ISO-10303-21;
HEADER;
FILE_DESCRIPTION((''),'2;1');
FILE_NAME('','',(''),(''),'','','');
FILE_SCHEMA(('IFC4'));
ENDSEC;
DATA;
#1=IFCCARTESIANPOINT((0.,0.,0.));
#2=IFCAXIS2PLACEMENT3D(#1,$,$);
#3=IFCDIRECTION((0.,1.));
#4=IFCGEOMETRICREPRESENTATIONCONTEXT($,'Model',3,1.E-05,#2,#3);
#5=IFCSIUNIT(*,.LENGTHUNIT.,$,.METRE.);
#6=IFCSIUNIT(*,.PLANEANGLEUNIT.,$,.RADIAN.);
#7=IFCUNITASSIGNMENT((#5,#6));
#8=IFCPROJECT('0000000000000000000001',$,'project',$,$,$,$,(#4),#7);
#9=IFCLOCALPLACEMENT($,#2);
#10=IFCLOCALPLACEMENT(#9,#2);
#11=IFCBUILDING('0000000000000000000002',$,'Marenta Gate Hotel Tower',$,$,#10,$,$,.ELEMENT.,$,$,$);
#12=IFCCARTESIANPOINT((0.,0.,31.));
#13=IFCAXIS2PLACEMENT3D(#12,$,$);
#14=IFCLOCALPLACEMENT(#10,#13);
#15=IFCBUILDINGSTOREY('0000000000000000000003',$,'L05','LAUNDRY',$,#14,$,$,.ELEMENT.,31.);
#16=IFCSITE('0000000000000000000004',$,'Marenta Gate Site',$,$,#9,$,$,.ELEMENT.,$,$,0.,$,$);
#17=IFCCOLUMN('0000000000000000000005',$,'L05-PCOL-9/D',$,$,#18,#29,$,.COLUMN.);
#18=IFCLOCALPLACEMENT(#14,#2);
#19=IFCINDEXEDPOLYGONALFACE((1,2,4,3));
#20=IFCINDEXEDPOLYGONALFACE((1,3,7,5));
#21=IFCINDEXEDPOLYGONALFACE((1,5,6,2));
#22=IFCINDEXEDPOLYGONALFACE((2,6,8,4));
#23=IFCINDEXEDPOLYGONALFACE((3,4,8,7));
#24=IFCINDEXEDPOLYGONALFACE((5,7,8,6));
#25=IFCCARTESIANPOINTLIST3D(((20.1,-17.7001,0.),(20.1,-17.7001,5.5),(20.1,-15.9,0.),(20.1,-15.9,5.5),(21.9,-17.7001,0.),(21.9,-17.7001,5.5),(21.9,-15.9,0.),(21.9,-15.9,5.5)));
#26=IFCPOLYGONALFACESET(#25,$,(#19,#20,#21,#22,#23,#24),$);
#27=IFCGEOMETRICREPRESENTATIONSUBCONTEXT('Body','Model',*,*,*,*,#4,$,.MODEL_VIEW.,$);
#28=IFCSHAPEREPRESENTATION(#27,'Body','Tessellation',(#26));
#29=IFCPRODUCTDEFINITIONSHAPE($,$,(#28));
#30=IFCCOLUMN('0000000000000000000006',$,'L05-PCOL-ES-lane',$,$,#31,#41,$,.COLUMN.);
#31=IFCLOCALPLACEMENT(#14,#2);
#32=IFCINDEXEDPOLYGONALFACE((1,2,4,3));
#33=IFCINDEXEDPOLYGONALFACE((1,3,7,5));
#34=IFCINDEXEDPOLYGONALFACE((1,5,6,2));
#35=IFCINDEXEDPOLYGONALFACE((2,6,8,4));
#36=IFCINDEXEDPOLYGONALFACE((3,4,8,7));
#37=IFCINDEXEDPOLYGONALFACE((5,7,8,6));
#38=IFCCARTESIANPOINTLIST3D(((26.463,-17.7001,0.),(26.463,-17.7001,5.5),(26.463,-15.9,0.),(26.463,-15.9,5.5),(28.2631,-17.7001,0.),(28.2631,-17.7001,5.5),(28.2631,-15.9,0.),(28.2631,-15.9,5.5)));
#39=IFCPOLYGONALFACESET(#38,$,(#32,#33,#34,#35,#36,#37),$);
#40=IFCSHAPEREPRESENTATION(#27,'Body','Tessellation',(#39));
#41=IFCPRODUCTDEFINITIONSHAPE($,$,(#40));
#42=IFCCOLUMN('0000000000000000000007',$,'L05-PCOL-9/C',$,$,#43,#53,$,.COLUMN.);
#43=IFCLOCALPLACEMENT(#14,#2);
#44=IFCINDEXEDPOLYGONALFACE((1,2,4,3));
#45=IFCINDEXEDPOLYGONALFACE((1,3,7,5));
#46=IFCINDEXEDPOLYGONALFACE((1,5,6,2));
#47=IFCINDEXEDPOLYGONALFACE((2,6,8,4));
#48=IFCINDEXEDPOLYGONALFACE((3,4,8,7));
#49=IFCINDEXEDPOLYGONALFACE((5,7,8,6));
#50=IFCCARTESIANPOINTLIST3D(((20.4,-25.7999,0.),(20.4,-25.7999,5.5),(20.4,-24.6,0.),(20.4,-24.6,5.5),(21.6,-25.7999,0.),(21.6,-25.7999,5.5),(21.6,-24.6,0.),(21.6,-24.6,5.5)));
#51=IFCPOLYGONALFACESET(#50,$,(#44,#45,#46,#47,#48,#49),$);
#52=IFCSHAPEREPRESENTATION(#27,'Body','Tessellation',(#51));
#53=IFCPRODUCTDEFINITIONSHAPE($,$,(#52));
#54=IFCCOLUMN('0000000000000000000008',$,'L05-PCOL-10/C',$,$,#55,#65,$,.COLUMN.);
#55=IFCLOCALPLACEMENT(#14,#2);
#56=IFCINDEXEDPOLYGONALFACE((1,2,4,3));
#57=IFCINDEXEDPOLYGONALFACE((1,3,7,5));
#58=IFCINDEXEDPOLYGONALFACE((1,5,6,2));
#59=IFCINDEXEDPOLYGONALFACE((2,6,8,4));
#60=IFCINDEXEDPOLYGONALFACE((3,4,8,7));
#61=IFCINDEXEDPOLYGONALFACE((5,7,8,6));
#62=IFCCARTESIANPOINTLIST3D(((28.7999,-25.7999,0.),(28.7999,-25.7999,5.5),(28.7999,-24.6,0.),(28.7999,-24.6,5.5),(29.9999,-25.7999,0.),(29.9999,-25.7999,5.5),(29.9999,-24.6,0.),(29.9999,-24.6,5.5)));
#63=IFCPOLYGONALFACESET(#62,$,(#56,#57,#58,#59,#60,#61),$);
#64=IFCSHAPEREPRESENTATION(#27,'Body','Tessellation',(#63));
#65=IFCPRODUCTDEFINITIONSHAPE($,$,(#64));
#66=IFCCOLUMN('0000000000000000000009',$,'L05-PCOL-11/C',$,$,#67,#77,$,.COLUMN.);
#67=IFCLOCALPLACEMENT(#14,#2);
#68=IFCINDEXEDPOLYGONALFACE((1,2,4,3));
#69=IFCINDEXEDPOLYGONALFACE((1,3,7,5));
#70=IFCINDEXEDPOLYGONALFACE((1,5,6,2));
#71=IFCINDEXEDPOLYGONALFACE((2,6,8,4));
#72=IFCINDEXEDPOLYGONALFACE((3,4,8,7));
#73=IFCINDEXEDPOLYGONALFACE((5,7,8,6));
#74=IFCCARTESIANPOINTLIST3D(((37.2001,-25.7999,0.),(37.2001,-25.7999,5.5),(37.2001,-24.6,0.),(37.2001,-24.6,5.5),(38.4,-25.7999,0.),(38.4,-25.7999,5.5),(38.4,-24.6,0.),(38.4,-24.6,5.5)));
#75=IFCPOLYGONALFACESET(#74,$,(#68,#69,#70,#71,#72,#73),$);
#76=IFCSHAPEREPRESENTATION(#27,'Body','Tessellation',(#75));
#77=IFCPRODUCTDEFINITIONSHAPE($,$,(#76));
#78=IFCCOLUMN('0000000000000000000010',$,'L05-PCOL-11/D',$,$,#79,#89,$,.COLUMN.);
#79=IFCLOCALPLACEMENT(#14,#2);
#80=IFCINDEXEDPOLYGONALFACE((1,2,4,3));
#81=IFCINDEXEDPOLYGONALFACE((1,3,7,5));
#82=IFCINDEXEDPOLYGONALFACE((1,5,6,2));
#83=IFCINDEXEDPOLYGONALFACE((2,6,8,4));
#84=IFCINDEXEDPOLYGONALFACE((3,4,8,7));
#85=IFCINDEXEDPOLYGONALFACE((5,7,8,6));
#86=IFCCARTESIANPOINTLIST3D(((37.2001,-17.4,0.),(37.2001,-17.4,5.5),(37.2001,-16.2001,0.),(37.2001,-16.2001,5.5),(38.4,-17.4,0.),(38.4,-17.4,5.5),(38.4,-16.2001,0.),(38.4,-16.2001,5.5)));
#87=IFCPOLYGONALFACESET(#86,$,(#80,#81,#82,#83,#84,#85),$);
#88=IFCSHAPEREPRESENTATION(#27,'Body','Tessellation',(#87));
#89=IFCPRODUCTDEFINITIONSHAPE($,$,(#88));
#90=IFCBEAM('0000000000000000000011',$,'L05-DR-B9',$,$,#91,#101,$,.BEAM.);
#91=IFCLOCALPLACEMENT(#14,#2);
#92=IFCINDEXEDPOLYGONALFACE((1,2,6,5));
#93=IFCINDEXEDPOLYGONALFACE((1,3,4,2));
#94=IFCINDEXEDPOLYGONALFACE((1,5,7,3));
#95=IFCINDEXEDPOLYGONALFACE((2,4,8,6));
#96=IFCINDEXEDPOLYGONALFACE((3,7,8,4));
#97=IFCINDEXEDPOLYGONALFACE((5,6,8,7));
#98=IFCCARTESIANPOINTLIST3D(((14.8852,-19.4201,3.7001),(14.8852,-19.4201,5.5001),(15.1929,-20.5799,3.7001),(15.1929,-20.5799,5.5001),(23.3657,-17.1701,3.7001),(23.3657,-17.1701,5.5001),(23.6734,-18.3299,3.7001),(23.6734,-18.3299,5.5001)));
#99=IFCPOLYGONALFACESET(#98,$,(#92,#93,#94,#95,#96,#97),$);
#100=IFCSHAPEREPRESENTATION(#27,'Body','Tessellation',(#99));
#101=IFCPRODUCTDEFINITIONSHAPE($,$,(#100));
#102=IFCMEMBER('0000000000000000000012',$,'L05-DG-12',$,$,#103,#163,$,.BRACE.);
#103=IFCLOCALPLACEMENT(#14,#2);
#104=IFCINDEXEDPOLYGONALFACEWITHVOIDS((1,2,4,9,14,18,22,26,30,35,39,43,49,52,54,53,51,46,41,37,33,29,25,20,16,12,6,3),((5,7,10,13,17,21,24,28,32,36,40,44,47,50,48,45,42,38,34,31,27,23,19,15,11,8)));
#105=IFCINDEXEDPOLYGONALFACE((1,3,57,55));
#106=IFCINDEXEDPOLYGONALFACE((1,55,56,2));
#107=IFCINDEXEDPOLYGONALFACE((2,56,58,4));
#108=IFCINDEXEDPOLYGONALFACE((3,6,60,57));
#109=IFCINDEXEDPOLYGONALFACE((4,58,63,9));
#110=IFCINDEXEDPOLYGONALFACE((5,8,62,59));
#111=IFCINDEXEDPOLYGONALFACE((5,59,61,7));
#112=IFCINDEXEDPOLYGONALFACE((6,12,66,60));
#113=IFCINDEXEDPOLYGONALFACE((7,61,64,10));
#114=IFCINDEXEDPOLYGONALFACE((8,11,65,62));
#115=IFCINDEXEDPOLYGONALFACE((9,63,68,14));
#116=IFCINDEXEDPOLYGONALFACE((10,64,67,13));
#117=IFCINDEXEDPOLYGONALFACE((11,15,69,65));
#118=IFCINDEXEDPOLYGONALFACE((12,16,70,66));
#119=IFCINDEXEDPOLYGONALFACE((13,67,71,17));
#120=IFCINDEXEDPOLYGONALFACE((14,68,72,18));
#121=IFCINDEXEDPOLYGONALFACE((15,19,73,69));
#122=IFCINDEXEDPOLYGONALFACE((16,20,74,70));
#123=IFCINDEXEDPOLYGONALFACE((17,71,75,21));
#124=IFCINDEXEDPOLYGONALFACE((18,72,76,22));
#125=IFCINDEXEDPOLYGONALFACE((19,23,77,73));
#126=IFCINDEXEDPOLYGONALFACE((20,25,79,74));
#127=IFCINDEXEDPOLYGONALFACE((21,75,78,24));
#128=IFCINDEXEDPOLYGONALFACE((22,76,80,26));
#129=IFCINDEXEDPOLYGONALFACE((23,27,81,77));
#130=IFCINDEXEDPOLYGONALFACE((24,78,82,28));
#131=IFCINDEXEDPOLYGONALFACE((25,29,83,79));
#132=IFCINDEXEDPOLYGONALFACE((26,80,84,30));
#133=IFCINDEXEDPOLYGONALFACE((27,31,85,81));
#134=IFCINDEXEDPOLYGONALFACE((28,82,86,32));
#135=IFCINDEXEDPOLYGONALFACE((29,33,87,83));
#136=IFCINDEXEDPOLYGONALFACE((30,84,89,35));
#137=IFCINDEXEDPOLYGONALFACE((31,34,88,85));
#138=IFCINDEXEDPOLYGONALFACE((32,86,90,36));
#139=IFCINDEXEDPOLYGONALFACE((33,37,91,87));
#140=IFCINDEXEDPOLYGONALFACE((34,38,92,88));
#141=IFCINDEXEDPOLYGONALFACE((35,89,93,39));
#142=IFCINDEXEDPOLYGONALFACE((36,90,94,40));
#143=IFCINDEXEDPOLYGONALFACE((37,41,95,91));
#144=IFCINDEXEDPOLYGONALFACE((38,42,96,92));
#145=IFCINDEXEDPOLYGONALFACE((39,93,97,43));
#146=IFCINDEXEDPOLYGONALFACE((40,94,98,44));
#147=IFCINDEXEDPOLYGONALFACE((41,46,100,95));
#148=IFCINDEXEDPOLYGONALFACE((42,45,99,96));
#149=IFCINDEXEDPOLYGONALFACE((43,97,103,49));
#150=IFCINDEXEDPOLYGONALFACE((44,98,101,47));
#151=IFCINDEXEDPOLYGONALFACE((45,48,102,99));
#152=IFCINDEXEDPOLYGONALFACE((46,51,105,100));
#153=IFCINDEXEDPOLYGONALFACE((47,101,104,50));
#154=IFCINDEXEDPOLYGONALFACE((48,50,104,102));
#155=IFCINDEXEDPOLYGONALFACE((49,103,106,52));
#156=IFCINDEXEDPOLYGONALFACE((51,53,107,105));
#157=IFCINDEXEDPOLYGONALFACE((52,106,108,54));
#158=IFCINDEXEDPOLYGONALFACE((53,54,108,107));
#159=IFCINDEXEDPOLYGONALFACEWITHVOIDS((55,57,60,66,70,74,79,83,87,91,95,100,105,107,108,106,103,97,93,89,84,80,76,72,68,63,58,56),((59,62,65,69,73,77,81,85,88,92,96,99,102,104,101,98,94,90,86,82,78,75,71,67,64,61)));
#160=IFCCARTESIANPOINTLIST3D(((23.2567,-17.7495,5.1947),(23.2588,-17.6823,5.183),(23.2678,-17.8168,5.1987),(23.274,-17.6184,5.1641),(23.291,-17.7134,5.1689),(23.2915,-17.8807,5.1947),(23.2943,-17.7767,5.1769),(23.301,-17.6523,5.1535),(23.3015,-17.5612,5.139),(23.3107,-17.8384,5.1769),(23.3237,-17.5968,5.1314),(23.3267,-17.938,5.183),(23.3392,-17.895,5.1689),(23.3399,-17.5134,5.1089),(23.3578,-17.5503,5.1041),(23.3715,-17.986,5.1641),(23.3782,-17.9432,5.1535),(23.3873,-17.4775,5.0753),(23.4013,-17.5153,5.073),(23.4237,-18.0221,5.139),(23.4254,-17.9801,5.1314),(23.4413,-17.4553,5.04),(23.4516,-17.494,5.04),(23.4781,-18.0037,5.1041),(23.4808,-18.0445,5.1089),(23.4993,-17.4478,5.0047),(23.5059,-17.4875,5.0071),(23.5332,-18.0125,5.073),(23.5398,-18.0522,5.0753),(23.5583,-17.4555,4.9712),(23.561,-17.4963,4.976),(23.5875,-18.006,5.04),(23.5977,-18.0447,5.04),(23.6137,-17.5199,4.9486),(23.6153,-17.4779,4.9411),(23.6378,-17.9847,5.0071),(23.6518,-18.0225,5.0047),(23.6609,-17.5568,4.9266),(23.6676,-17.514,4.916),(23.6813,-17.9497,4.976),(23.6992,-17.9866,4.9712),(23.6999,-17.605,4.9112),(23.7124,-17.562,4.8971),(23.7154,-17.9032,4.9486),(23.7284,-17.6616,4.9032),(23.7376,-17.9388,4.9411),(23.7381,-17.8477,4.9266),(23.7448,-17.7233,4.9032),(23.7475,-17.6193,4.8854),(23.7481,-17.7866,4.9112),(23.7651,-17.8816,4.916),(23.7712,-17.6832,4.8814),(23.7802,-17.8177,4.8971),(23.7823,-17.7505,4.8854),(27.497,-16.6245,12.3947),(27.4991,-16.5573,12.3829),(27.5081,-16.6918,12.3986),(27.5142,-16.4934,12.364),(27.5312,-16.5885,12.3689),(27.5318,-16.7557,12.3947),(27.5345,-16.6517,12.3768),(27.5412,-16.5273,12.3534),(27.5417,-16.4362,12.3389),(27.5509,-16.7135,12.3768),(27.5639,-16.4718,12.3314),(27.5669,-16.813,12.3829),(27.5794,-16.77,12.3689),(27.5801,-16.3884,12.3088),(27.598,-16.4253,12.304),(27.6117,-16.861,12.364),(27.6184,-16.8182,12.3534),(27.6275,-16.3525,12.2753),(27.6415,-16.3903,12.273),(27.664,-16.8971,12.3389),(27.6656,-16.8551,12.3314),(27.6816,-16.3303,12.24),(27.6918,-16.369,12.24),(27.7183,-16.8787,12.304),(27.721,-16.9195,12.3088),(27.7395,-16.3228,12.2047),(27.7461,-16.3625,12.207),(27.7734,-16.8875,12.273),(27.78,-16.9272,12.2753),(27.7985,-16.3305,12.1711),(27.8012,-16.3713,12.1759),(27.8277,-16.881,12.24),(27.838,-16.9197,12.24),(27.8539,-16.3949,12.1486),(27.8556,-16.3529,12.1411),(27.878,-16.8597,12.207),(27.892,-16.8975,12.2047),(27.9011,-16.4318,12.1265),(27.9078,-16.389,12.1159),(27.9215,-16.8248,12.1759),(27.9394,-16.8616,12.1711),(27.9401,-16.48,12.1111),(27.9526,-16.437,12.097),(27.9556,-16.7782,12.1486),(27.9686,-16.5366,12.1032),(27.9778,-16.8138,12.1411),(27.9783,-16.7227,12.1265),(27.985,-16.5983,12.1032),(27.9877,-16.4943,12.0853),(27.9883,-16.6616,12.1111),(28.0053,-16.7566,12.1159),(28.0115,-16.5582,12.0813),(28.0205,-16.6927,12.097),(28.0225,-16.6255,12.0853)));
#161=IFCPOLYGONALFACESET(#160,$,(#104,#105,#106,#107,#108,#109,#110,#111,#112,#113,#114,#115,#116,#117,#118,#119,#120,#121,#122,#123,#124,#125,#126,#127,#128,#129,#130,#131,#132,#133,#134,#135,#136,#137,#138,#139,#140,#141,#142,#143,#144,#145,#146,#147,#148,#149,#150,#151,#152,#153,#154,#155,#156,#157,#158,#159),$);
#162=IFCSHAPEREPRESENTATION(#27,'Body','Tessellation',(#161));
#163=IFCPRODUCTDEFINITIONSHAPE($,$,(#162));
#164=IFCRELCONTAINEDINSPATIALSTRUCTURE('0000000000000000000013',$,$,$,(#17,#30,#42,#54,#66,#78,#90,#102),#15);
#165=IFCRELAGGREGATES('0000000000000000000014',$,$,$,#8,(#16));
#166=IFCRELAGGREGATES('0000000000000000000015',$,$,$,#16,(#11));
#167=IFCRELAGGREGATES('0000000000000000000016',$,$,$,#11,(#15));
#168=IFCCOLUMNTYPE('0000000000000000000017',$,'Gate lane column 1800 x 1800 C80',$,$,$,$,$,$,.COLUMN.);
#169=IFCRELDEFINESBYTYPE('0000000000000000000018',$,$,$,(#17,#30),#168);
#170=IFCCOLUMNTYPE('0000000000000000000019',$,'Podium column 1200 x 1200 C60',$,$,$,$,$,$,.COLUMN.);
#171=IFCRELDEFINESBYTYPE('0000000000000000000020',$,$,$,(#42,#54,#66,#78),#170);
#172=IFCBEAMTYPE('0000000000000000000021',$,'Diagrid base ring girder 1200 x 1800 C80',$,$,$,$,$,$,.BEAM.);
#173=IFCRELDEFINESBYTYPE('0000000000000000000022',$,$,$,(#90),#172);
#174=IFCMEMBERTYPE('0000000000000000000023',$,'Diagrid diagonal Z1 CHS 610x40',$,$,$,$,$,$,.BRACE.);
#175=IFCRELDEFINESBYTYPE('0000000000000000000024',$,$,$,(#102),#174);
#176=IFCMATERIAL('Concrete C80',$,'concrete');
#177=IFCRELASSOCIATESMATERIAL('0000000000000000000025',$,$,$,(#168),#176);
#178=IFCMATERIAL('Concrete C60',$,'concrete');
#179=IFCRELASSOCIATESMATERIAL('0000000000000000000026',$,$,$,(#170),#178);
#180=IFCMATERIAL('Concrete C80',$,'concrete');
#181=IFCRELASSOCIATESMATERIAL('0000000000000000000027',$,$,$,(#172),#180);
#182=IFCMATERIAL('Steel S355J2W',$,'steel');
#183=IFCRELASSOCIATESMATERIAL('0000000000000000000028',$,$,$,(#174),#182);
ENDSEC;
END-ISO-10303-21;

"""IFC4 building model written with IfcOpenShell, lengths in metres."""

from ifc_helpers import new_model, si_unit, direction, frame, origin, origin_2d, place, context, subcontext, project, spatial, rectangle, hollow_circle, extrude, material, material_profile, profile_set, type_object, element, save


model = new_model("IFC4")

# Units and contexts
model_context = context("Model", 3, precision=1e-05, world=origin(), true_north=direction((0.0, 1.0)))
body_context = subcontext(model_context, "Body", "Model", "MODEL_VIEW")
ifc_project = project(units=[si_unit("LENGTHUNIT", "METRE"), si_unit("PLANEANGLEUNIT", "RADIAN")], contexts=[model_context])

# Site, building, storey
site_placement = place(None, origin())
site = spatial("IfcSite", under=ifc_project, at=site_placement, Name="Marenta Gate Site", CompositionType="ELEMENT", RefElevation=0.0)
building_placement = place(site_placement, origin())
building = spatial("IfcBuilding", under=site, at=building_placement, Name="Marenta Gate Hotel Tower", CompositionType="ELEMENT")
storey_placement = place(building_placement, frame((0.0, 0.0, 31.0)))
storey = spatial("IfcBuildingStorey", under=building, at=storey_placement, Name="L05", Description="LAUNDRY", CompositionType="ELEMENT", Elevation=31.0)

# Columns
ifc_material_1 = material(Name="Concrete C80", Category="concrete")
ifc_material_profile_1 = material_profile(ifc_material_1, rectangle(XDim=1.8, YDim=1.8, at=origin_2d()), Name="1800 x 1800")
ifc_profile_set_1 = profile_set([ifc_material_profile_1], Name="Concrete C80")
column_type_1 = type_object("IfcColumnType", Name="Gate lane column 1800 x 1800 C80", PredefinedType="COLUMN", material=ifc_profile_set_1)
for number, where, z_axis, x_axis, name in (
    (1, (21.0, -16.8, 0.0), (0.0, 0.0, 1.0), (1.0, 0.0, 0.0), "L05-PCOL-9/D"),
    (2, (27.363, -16.8, 0.0), (0.0, 0.0, 1.0), (1.0, 0.0, 0.0), "L05-PCOL-ES-lane"),
):
    element("IfcColumn", number, at=place(storey_placement, frame(where, z_axis=z_axis, x_axis=x_axis)), inside=storey, type_object=column_type_1, Name=name, PredefinedType="COLUMN", context=body_context, shape_type="SweptSolid", body=[
        extrude(rectangle(XDim=1.8, YDim=1.8, at=origin_2d()), origin(), (0.0, 0.0, 1.0), 5.5),
    ])
ifc_material_2 = material(Name="Concrete C60", Category="concrete")
ifc_material_profile_2 = material_profile(ifc_material_2, rectangle(XDim=1.2, YDim=1.2, at=origin_2d()), Name="1200 x 1200")
ifc_profile_set_2 = profile_set([ifc_material_profile_2], Name="Concrete C60")
column_type_2 = type_object("IfcColumnType", Name="Podium column 1200 x 1200 C60", PredefinedType="COLUMN", material=ifc_profile_set_2)
for number, where, z_axis, x_axis, name in (
    (3, (21.0, -25.2, 0.0), (0.0, 0.0, 1.0), (1.0, 0.0, 0.0), "L05-PCOL-9/C"),
    (4, (29.3999, -25.2, 0.0), (0.0, 0.0, 1.0), (1.0, 0.0, 0.0), "L05-PCOL-10/C"),
    (5, (37.8, -25.2, 0.0), (0.0, 0.0, 1.0), (1.0, 0.0, 0.0), "L05-PCOL-11/C"),
    (6, (37.8, -16.8, 0.0), (0.0, 0.0, 1.0), (1.0, 0.0, 0.0), "L05-PCOL-11/D"),
):
    element("IfcColumn", number, at=place(storey_placement, frame(where, z_axis=z_axis, x_axis=x_axis)), inside=storey, type_object=column_type_2, Name=name, PredefinedType="COLUMN", context=body_context, shape_type="SweptSolid", body=[
        extrude(rectangle(XDim=1.2, YDim=1.2, at=origin_2d()), origin(), (0.0, 0.0, 1.0), 5.5),
    ])

# Beam
ifc_material_3 = material(Name="Concrete C80", Category="concrete")
ifc_material_profile_3 = material_profile(ifc_material_3, rectangle(XDim=1.2, YDim=1.8, at=origin_2d()), Name="1200 x 1800")
ifc_profile_set_3 = profile_set([ifc_material_profile_3], Name="Concrete C80")
beam_type_1 = type_object("IfcBeamType", Name="Diagrid base ring girder 1200 x 1800 C80", PredefinedType="BEAM", material=ifc_profile_set_3)
beam_1_placement = place(storey_placement, frame((23.5195, -17.75, 4.6001), z_axis=(-0.966559, -0.256443, 0.0), x_axis=(0.256443, -0.966559, 0.0)))
element("IfcBeam", 7, at=beam_1_placement, inside=storey, type_object=beam_type_1, Name="L05-DR-B9", PredefinedType="BEAM", context=body_context, shape_type="SweptSolid", body=[
    extrude(rectangle(XDim=1.2, YDim=1.8, at=origin_2d()), origin(), (0.0, 0.0, 1.0), 8.7739),
])

# Member
ifc_material_4 = material(Name="Steel S355J2W", Category="steel")
ifc_material_profile_4 = material_profile(ifc_material_4, hollow_circle(Radius=0.3049, WallThickness=0.04, at=origin_2d()), Name="CHS 610x40")
ifc_profile_set_4 = profile_set([ifc_material_profile_4], Name="Steel S355J2W")
member_type = type_object("IfcMemberType", Name="Diagrid diagonal Z1 CHS 610x40", PredefinedType="BRACE", material=ifc_profile_set_4)
for number, where, z_axis, x_axis, name in (
    (8, (23.5195, -17.75, 5.04), (0.502924, 0.133434, 0.853969), (-0.256443, 0.966559, 0.0), "L05-DG-12"),
):
    element("IfcMember", number, at=place(storey_placement, frame(where, z_axis=z_axis, x_axis=x_axis)), inside=storey, type_object=member_type, Name=name, PredefinedType="BRACE", context=body_context, shape_type="SweptSolid", body=[
        extrude(hollow_circle(Radius=0.3049, WallThickness=0.04, at=origin_2d()), origin(), (0.0, 0.0, 1.0), 8.4312),
    ])

save(model, "model.ifc")
